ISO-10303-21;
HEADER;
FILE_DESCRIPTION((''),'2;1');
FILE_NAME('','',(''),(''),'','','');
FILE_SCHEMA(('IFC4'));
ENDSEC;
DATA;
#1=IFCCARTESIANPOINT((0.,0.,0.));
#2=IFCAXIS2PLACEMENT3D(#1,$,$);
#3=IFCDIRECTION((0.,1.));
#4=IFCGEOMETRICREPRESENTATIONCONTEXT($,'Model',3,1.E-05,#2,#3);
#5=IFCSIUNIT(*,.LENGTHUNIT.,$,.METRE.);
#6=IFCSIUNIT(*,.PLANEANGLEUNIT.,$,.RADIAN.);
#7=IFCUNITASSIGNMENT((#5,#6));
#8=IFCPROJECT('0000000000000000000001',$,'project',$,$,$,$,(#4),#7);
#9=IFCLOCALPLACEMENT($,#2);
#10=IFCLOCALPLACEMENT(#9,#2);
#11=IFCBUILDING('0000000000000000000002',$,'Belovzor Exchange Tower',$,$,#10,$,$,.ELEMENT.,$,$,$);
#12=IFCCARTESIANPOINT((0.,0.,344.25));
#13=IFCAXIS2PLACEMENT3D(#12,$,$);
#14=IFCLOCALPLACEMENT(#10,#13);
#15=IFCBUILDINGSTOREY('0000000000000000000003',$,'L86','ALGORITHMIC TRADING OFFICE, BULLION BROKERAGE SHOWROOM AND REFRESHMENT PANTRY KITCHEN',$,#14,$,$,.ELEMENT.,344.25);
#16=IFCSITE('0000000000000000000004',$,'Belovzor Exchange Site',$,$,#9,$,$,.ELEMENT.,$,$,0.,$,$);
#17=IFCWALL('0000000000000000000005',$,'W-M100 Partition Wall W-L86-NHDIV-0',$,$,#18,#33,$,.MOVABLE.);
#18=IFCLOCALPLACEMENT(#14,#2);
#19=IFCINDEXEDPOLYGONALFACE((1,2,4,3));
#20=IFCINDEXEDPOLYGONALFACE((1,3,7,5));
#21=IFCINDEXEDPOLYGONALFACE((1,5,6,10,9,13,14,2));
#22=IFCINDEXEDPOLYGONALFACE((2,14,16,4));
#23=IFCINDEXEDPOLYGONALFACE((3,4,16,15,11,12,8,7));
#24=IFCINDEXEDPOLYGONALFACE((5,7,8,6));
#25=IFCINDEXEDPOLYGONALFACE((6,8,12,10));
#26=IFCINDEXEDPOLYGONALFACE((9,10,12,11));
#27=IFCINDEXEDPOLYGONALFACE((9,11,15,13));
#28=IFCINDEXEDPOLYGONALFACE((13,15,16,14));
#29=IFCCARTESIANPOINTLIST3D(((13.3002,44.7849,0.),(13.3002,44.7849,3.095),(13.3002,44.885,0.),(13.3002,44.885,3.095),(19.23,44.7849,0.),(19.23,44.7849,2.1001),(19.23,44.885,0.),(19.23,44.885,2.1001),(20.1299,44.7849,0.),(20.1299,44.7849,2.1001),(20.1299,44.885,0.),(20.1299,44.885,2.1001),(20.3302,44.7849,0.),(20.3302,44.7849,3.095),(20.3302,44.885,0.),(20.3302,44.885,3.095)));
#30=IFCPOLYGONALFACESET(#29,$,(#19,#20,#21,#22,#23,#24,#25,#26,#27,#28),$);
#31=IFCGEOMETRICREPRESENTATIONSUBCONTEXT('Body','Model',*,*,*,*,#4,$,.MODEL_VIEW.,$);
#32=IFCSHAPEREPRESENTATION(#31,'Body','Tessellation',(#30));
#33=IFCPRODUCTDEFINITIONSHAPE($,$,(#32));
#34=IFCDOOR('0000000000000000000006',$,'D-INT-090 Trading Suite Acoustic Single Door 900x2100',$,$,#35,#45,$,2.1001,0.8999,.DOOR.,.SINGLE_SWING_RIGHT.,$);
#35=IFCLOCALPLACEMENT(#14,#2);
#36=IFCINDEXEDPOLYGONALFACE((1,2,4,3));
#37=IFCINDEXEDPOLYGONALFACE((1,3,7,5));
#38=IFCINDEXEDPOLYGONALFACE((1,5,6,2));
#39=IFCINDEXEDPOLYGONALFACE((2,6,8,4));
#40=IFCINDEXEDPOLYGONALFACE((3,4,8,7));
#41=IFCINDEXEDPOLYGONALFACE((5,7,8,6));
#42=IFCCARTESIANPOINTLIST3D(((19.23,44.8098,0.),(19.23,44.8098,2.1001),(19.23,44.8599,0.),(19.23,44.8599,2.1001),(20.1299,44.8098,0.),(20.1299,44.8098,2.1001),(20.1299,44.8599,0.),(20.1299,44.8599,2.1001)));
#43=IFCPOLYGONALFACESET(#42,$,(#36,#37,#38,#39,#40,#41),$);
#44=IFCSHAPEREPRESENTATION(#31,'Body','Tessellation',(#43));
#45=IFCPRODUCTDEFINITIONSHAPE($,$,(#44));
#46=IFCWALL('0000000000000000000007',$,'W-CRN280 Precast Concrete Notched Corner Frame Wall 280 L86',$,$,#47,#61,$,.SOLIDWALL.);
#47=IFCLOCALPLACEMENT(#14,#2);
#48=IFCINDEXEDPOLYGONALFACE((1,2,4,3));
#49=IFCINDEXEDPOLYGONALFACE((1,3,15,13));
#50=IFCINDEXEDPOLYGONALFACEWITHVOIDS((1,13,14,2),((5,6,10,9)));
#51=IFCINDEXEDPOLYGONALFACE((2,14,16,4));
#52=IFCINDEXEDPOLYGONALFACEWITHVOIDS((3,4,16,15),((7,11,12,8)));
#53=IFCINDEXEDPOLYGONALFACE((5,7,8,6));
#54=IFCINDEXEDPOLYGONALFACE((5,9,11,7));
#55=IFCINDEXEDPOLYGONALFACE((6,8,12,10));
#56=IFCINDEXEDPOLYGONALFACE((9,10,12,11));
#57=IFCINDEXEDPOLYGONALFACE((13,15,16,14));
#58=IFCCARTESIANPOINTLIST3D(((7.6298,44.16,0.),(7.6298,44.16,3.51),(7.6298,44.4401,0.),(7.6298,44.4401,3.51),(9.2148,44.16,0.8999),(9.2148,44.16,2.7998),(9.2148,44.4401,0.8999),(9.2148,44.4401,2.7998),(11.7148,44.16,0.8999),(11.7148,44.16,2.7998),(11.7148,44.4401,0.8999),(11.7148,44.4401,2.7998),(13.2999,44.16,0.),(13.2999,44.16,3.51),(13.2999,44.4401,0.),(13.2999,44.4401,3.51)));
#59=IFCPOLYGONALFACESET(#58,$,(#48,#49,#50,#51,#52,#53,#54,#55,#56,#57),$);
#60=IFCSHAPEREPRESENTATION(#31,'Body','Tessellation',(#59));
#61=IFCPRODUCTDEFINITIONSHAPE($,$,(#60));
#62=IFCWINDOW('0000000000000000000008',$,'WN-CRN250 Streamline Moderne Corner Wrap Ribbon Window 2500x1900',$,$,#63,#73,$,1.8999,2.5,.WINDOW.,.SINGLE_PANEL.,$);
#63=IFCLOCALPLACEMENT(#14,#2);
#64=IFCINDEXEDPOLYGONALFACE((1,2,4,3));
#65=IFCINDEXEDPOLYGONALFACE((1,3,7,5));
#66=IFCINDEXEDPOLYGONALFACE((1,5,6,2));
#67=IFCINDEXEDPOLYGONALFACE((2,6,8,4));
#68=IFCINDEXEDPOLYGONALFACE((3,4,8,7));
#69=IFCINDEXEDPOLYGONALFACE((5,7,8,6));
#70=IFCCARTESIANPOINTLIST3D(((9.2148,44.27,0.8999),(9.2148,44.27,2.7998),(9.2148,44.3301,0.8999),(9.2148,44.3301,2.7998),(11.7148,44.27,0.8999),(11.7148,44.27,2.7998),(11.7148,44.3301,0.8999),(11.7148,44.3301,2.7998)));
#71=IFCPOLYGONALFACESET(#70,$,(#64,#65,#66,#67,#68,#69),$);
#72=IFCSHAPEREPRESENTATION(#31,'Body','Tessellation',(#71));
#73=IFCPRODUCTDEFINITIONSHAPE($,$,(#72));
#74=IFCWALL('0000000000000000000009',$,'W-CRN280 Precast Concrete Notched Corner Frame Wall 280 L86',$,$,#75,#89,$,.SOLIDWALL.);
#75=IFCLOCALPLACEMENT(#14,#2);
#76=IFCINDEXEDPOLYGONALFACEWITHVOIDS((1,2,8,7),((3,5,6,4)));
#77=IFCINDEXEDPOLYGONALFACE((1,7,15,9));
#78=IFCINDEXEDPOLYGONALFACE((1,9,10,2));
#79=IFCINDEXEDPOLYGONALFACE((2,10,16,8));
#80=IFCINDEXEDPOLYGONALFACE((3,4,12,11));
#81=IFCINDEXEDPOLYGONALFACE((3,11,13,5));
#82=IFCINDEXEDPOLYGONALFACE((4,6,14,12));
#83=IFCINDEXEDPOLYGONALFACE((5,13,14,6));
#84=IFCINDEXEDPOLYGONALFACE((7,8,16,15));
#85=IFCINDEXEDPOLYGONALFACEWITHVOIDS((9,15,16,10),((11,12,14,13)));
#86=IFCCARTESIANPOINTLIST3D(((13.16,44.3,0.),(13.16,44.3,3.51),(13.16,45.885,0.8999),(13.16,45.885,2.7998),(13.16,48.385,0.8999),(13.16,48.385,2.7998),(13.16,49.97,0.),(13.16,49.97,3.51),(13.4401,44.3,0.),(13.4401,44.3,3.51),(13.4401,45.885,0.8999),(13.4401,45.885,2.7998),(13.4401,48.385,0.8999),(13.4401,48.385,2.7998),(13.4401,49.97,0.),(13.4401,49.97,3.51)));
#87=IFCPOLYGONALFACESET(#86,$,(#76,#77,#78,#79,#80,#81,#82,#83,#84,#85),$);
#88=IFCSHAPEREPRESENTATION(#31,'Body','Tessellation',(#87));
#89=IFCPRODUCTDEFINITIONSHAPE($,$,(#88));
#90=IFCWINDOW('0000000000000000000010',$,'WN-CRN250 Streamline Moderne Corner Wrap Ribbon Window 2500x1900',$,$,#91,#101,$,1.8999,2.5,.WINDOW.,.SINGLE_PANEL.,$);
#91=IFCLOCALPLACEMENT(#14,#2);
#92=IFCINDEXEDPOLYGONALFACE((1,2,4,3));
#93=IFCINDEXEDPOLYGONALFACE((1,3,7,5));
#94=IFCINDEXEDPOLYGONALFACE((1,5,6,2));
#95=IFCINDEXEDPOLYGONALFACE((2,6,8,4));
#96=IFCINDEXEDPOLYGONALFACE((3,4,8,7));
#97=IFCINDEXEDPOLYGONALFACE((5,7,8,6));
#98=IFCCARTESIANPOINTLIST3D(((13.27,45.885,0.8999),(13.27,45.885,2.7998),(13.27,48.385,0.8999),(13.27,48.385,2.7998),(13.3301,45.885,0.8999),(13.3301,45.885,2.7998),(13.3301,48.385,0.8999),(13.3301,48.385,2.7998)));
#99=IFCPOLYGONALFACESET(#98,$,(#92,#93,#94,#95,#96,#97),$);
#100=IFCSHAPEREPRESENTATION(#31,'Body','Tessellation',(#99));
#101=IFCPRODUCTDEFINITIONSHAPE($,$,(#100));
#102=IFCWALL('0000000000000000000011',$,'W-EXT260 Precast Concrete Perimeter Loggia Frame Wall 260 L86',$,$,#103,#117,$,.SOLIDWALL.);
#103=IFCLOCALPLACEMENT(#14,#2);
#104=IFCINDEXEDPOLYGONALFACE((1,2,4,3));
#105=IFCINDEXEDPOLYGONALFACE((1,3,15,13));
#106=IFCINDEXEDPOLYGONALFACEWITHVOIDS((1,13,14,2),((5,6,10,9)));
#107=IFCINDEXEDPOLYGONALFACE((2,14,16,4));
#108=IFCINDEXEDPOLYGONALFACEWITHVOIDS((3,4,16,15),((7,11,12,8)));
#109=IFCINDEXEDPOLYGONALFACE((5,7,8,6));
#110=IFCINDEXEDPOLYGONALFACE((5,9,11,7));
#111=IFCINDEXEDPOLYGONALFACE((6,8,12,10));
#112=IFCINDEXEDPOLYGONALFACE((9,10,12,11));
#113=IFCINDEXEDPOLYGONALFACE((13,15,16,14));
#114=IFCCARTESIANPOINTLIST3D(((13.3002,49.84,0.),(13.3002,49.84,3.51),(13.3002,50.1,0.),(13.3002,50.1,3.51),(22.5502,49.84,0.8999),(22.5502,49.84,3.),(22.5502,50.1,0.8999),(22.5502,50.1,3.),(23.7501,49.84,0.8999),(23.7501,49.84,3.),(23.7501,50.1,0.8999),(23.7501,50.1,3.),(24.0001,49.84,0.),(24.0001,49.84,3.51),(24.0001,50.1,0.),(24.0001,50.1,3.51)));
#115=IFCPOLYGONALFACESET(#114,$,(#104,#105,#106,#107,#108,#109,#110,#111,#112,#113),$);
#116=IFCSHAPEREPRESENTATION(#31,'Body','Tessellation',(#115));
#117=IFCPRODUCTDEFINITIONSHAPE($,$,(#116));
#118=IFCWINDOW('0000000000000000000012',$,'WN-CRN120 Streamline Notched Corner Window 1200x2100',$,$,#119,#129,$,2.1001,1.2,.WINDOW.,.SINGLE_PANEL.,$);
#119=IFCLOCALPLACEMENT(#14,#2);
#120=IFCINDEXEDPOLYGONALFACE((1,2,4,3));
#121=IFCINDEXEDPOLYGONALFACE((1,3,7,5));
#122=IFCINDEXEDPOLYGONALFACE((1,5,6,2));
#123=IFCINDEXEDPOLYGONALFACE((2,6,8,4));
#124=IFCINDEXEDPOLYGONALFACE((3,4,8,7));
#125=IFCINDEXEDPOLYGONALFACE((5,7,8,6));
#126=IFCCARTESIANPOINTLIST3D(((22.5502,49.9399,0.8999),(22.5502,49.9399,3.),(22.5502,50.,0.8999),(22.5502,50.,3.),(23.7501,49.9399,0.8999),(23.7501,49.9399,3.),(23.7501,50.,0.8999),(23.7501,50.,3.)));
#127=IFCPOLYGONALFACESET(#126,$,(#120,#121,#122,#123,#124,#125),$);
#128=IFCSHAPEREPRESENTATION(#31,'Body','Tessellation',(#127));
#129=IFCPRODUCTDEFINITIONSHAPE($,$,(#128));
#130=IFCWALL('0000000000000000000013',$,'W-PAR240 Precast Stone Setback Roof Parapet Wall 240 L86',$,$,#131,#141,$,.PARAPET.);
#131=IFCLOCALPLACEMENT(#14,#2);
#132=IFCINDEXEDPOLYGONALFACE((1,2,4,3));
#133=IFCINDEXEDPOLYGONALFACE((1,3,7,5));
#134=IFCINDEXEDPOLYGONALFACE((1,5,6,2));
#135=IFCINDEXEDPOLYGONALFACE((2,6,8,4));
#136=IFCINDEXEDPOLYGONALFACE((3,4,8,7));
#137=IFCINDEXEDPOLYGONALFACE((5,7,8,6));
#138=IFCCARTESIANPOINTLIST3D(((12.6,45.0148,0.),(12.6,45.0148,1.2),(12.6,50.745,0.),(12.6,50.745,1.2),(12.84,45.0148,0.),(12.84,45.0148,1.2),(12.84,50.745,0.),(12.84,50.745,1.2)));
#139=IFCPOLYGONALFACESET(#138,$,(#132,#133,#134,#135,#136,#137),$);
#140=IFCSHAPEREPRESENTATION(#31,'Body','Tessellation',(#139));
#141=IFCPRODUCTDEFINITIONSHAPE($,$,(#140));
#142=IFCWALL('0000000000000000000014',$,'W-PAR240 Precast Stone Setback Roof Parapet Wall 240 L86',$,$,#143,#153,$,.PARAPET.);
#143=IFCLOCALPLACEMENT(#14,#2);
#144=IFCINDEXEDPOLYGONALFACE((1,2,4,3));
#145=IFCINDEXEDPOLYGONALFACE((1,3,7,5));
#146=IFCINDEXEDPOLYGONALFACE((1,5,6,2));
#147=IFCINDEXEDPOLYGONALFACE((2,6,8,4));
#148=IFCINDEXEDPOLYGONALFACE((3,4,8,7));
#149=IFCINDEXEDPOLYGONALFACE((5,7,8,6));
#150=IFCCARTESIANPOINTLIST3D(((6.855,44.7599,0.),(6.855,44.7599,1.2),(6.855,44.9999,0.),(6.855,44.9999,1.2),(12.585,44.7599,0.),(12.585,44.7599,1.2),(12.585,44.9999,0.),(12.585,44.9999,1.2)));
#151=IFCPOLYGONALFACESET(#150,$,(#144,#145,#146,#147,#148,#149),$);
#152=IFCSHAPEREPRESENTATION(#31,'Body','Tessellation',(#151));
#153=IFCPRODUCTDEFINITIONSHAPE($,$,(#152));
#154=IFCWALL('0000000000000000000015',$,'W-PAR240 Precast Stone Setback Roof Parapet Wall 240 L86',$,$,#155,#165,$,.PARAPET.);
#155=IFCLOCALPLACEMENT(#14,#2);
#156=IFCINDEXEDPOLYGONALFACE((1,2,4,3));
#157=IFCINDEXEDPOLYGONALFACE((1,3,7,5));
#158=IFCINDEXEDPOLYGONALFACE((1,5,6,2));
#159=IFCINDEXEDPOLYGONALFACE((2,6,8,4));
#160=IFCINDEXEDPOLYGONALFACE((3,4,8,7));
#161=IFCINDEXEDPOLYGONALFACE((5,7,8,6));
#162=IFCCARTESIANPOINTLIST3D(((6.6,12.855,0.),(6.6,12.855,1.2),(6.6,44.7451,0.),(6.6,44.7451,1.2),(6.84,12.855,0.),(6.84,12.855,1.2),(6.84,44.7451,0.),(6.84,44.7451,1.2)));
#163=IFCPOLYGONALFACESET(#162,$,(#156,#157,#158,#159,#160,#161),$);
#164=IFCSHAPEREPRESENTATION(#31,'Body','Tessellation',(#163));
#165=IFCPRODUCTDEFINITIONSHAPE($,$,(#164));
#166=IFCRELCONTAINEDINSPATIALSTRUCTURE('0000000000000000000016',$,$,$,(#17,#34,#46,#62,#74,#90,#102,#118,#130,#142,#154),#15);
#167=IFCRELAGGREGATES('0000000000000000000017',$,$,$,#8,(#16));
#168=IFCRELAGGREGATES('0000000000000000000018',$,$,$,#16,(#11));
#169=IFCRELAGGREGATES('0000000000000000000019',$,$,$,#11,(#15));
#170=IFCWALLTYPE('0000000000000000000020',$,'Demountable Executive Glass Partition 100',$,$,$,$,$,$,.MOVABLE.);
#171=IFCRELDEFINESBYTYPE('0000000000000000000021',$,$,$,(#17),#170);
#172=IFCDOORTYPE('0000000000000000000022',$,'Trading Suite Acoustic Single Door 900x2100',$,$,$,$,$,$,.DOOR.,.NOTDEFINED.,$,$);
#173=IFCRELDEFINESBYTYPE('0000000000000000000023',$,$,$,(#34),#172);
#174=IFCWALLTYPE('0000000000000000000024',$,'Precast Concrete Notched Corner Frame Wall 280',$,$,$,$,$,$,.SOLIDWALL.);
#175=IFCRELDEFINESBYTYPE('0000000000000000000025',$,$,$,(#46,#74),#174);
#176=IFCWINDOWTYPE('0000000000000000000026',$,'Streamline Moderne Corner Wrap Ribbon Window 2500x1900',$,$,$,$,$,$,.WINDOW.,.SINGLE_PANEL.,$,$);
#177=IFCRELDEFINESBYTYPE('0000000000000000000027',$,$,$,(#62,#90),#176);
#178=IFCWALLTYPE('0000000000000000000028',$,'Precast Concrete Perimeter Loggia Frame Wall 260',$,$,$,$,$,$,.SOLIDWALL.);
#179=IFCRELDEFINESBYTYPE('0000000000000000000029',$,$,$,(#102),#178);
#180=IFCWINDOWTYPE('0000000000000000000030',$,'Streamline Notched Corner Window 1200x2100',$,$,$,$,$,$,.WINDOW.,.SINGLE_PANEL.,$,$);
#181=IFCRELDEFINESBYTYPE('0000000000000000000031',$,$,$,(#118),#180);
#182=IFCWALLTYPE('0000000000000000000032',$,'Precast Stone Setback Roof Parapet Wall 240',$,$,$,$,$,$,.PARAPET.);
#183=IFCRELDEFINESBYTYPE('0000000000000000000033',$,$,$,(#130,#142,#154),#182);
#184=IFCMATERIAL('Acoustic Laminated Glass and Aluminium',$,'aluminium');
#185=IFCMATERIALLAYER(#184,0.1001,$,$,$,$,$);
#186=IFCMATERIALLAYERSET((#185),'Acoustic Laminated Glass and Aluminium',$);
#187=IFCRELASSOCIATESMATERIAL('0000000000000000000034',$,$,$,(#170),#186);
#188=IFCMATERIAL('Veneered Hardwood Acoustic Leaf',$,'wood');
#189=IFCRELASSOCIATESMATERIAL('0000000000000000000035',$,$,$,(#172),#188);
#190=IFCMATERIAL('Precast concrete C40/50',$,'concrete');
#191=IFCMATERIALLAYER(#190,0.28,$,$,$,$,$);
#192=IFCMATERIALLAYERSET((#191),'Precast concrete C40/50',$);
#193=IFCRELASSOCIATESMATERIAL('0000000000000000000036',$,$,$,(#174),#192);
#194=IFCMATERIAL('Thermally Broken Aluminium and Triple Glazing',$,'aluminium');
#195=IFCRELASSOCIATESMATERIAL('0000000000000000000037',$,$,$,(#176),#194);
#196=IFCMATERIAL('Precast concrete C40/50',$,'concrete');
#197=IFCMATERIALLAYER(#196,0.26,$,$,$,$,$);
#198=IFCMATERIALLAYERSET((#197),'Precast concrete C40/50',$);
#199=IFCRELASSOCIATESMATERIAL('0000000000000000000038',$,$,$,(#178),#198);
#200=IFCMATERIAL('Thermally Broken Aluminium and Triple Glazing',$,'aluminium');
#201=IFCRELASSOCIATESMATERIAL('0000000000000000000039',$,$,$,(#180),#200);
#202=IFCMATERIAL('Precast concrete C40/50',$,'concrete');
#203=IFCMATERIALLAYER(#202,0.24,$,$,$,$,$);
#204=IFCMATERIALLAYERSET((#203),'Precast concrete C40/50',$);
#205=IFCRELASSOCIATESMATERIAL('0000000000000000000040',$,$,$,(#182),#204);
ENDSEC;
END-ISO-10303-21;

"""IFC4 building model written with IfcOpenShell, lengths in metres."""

from ifc_helpers import new_model, si_unit, direction, frame, frame_2d, origin, place, context, subcontext, project, spatial, rectangle, extrude, material, layer, layer_set, type_object, element, fill, save


model = new_model("IFC4")

# Units and contexts
model_context = context("Model", 3, precision=1e-05, world=origin(), true_north=direction((0.0, 1.0)))
body_context = subcontext(model_context, "Body", "Model", "MODEL_VIEW")
ifc_project = project(units=[si_unit("LENGTHUNIT", "METRE"), si_unit("PLANEANGLEUNIT", "RADIAN")], contexts=[model_context])

# Site, building, storey
site_placement = place(None, origin())
site = spatial("IfcSite", under=ifc_project, at=site_placement, Name="Belovzor Exchange Site", CompositionType="ELEMENT", RefElevation=0.0)
building_placement = place(site_placement, origin())
building = spatial("IfcBuilding", under=site, at=building_placement, Name="Belovzor Exchange Tower", CompositionType="ELEMENT")
storey_placement = place(building_placement, frame((0.0, 0.0, 344.25)))
storey = spatial("IfcBuildingStorey", under=building, at=storey_placement, Name="L86", Description="ALGORITHMIC TRADING OFFICE, BULLION BROKERAGE SHOWROOM AND REFRESHMENT PANTRY KITCHEN", CompositionType="ELEMENT", Elevation=344.25)

# Wall, opening, door
ifc_material_1 = material(Name="Acoustic Laminated Glass and Aluminium", Category="aluminium")
ifc_layer_1 = layer(ifc_material_1, 0.1001)
ifc_layer_set_1 = layer_set([ifc_layer_1], Name="Acoustic Laminated Glass and Aluminium")
wall_type_1 = type_object("IfcWallType", Name="Demountable Executive Glass Partition 100", PredefinedType="MOVABLE", material=ifc_layer_set_1)
wall_1_placement = place(storey_placement, frame((13.3, 44.835, 0.0), z_axis=(0.0, 0.0, 1.0), x_axis=(1.0, 0.0, 0.0)))
wall_1 = element("IfcWall", 1, at=wall_1_placement, inside=storey, type_object=wall_type_1, Name="W-M100 Partition Wall W-L86-NHDIV-0", PredefinedType="MOVABLE", context=body_context, shape_type="SweptSolid", body=[
    extrude(rectangle(XDim=7.03, YDim=0.1001, at=frame_2d((3.5151, 0.0))), origin(), (0.0, 0.0, 1.0), 3.095),
])
opening_1_placement = place(wall_1_placement, frame((5.9299, 0.0, 0.0)))
opening_1 = element("IfcOpeningElement", 2, at=opening_1_placement, cuts=wall_1, PredefinedType="OPENING", context=body_context, shape_type="SweptSolid", body=[
    extrude(rectangle(XDim=0.8999, YDim=2.1001, at=frame_2d((0.45, 1.05))), frame((0.0, 0.0601, 0.0), z_axis=(0.0, -1.0, 0.0), x_axis=(1.0, 0.0, 0.0)), (0.0, 0.0, 1.0), 0.1201),
])
ifc_material_2 = material(Name="Veneered Hardwood Acoustic Leaf", Category="wood")
door_type = type_object("IfcDoorType", Name="Trading Suite Acoustic Single Door 900x2100", OperationType="NOTDEFINED", PredefinedType="DOOR", material=ifc_material_2)
door_placement = place(opening_1_placement, origin())
door = element("IfcDoor", 3, at=door_placement, inside=storey, type_object=door_type, Name="D-INT-090 Trading Suite Acoustic Single Door 900x2100", OperationType="SINGLE_SWING_RIGHT", OverallHeight=2.1001, OverallWidth=0.8999, PredefinedType="DOOR", context=body_context, shape_type="SweptSolid", body=[
    extrude(rectangle(XDim=0.8999, YDim=2.1001, at=frame_2d((0.45, 1.05))), frame((0.0, 0.0249, 0.0), z_axis=(0.0, -1.0, 0.0), x_axis=(1.0, 0.0, 0.0)), (0.0, 0.0, 1.0), 0.05),
])
fill(opening_1, door)

# Walls, openings, windows
ifc_material_3 = material(Name="Precast concrete C40/50", Category="concrete")
ifc_layer_2 = layer(ifc_material_3, 0.28)
ifc_layer_set_2 = layer_set([ifc_layer_2], Name="Precast concrete C40/50")
wall_type_2 = type_object("IfcWallType", Name="Precast Concrete Notched Corner Frame Wall 280", PredefinedType="SOLIDWALL", material=ifc_layer_set_2)
wall_2_placement = place(storey_placement, frame((7.6299, 44.3, 0.0), z_axis=(0.0, 0.0, 1.0), x_axis=(1.0, 0.0, 0.0)))
wall_2 = element("IfcWall", 4, at=wall_2_placement, inside=storey, type_object=wall_type_2, Name="W-CRN280 Precast Concrete Notched Corner Frame Wall 280 L86", PredefinedType="SOLIDWALL", context=body_context, shape_type="SweptSolid", body=[
    extrude(rectangle(XDim=5.6702, YDim=0.28, at=frame_2d((2.835, 0.0))), origin(), (0.0, 0.0, 1.0), 3.51),
])
opening_2_placement = place(wall_2_placement, frame((1.585, 0.0, 0.8999)))
opening_2 = element("IfcOpeningElement", 5, at=opening_2_placement, cuts=wall_2, PredefinedType="OPENING", context=body_context, shape_type="SweptSolid", body=[
    extrude(rectangle(XDim=2.5, YDim=1.8999, at=frame_2d((1.25, 0.95))), frame((0.0, 0.1499, 0.0), z_axis=(0.0, -1.0, 0.0), x_axis=(1.0, 0.0, 0.0)), (0.0, 0.0, 1.0), 0.3),
])
ifc_material_4 = material(Name="Thermally Broken Aluminium and Triple Glazing", Category="aluminium")
window_type_1 = type_object("IfcWindowType", Name="Streamline Moderne Corner Wrap Ribbon Window 2500x1900", PartitioningType="SINGLE_PANEL", PredefinedType="WINDOW", material=ifc_material_4)
window_1_placement = place(opening_2_placement, origin())
window_1 = element("IfcWindow", 6, at=window_1_placement, inside=storey, type_object=window_type_1, Name="WN-CRN250 Streamline Moderne Corner Wrap Ribbon Window 2500x1900", OverallHeight=1.8999, OverallWidth=2.5, PartitioningType="SINGLE_PANEL", PredefinedType="WINDOW", context=body_context, shape_type="SweptSolid", body=[
    extrude(rectangle(XDim=2.5, YDim=1.8999, at=frame_2d((1.25, 0.95))), frame((0.0, 0.03, 0.0), z_axis=(0.0, -1.0, 0.0), x_axis=(1.0, 0.0, 0.0)), (0.0, 0.0, 1.0), 0.0601),
])
fill(opening_2, window_1)
wall_3_placement = place(storey_placement, frame((13.3, 44.3, 0.0), z_axis=(0.0, 0.0, 1.0), x_axis=(0.0, 1.0, 0.0)))
wall_3 = element("IfcWall", 7, at=wall_3_placement, inside=storey, type_object=wall_type_2, Name="W-CRN280 Precast Concrete Notched Corner Frame Wall 280 L86", PredefinedType="SOLIDWALL", context=body_context, shape_type="SweptSolid", body=[
    extrude(rectangle(XDim=5.6699, YDim=0.28, at=frame_2d((2.835, 0.0))), origin(), (0.0, 0.0, 1.0), 3.51),
])
opening_3_placement = place(wall_3_placement, frame((1.585, 0.0, 0.8999)))
opening_3 = element("IfcOpeningElement", 8, at=opening_3_placement, cuts=wall_3, PredefinedType="OPENING", context=body_context, shape_type="SweptSolid", body=[
    extrude(rectangle(XDim=2.5, YDim=1.8999, at=frame_2d((1.25, 0.95))), frame((0.0, 0.1499, 0.0), z_axis=(0.0, -1.0, 0.0), x_axis=(1.0, 0.0, 0.0)), (0.0, 0.0, 1.0), 0.3),
])
window_2_placement = place(opening_3_placement, origin())
window_2 = element("IfcWindow", 9, at=window_2_placement, inside=storey, type_object=window_type_1, Name="WN-CRN250 Streamline Moderne Corner Wrap Ribbon Window 2500x1900", OverallHeight=1.8999, OverallWidth=2.5, PartitioningType="SINGLE_PANEL", PredefinedType="WINDOW", context=body_context, shape_type="SweptSolid", body=[
    extrude(rectangle(XDim=2.5, YDim=1.8999, at=frame_2d((1.25, 0.95))), frame((0.0, 0.03, 0.0), z_axis=(0.0, -1.0, 0.0), x_axis=(1.0, 0.0, 0.0)), (0.0, 0.0, 1.0), 0.0601),
])
fill(opening_3, window_2)
ifc_material_5 = material(Name="Precast concrete C40/50", Category="concrete")
ifc_layer_3 = layer(ifc_material_5, 0.26)
ifc_layer_set_3 = layer_set([ifc_layer_3], Name="Precast concrete C40/50")
wall_type_3 = type_object("IfcWallType", Name="Precast Concrete Perimeter Loggia Frame Wall 260", PredefinedType="SOLIDWALL", material=ifc_layer_set_3)
wall_4_placement = place(storey_placement, frame((13.3, 49.97, 0.0), z_axis=(0.0, 0.0, 1.0), x_axis=(1.0, 0.0, 0.0)))
wall_4 = element("IfcWall", 10, at=wall_4_placement, inside=storey, type_object=wall_type_3, Name="W-EXT260 Precast Concrete Perimeter Loggia Frame Wall 260 L86", PredefinedType="SOLIDWALL", context=body_context, shape_type="SweptSolid", body=[
    extrude(rectangle(XDim=10.7, YDim=0.26, at=frame_2d((5.3501, 0.0))), origin(), (0.0, 0.0, 1.0), 3.51),
])
opening_4_placement = place(wall_4_placement, frame((9.25, 0.0, 0.8999)))
opening_4 = element("IfcOpeningElement", 11, at=opening_4_placement, cuts=wall_4, PredefinedType="OPENING", context=body_context, shape_type="SweptSolid", body=[
    extrude(rectangle(XDim=1.2, YDim=2.1001, at=frame_2d((0.6001, 1.05))), frame((0.0, 0.1399, 0.0), z_axis=(0.0, -1.0, 0.0), x_axis=(1.0, 0.0, 0.0)), (0.0, 0.0, 1.0), 0.28),
])
ifc_material_6 = material(Name="Thermally Broken Aluminium and Triple Glazing", Category="aluminium")
window_type_2 = type_object("IfcWindowType", Name="Streamline Notched Corner Window 1200x2100", PartitioningType="SINGLE_PANEL", PredefinedType="WINDOW", material=ifc_material_6)
window_3_placement = place(opening_4_placement, origin())
window_3 = element("IfcWindow", 12, at=window_3_placement, inside=storey, type_object=window_type_2, Name="WN-CRN120 Streamline Notched Corner Window 1200x2100", OverallHeight=2.1001, OverallWidth=1.2, PartitioningType="SINGLE_PANEL", PredefinedType="WINDOW", context=body_context, shape_type="SweptSolid", body=[
    extrude(rectangle(XDim=1.2, YDim=2.1001, at=frame_2d((0.6001, 1.05))), frame((0.0, 0.03, 0.0), z_axis=(0.0, -1.0, 0.0), x_axis=(1.0, 0.0, 0.0)), (0.0, 0.0, 1.0), 0.0601),
])
fill(opening_4, window_3)

# Walls
ifc_material_7 = material(Name="Precast concrete C40/50", Category="concrete")
ifc_layer_4 = layer(ifc_material_7, 0.24)
ifc_layer_set_4 = layer_set([ifc_layer_4], Name="Precast concrete C40/50")
wall_type_4 = type_object("IfcWallType", Name="Precast Stone Setback Roof Parapet Wall 240", PredefinedType="PARAPET", material=ifc_layer_set_4)
wall_5_placement = place(storey_placement, frame((12.72, 50.7451, 0.0), z_axis=(0.0, 0.0, 1.0), x_axis=(0.0, -1.0, 0.0)))
element("IfcWall", 13, at=wall_5_placement, inside=storey, type_object=wall_type_4, Name="W-PAR240 Precast Stone Setback Roof Parapet Wall 240 L86", PredefinedType="PARAPET", context=body_context, shape_type="SweptSolid", body=[
    extrude(rectangle(XDim=5.7302, YDim=0.24, at=frame_2d((2.8652, 0.0))), origin(), (0.0, 0.0, 1.0), 1.2),
])
wall_6_placement = place(storey_placement, frame((12.585, 44.8799, 0.0), z_axis=(0.0, 0.0, 1.0), x_axis=(-1.0, 0.0, 0.0)))
element("IfcWall", 14, at=wall_6_placement, inside=storey, type_object=wall_type_4, Name="W-PAR240 Precast Stone Setback Roof Parapet Wall 240 L86", PredefinedType="PARAPET", context=body_context, shape_type="SweptSolid", body=[
    extrude(rectangle(XDim=5.73, YDim=0.24, at=frame_2d((2.865, 0.0))), origin(), (0.0, 0.0, 1.0), 1.2),
])
wall_7_placement = place(storey_placement, frame((6.72, 44.7451, 0.0), z_axis=(0.0, 0.0, 1.0), x_axis=(0.0, -1.0, 0.0)))
element("IfcWall", 15, at=wall_7_placement, inside=storey, type_object=wall_type_4, Name="W-PAR240 Precast Stone Setback Roof Parapet Wall 240 L86", PredefinedType="PARAPET", context=body_context, shape_type="SweptSolid", body=[
    extrude(rectangle(XDim=31.8901, YDim=0.24, at=frame_2d((15.9451, 0.0))), origin(), (0.0, 0.0, 1.0), 1.2),
])

save(model, "model.ifc")
